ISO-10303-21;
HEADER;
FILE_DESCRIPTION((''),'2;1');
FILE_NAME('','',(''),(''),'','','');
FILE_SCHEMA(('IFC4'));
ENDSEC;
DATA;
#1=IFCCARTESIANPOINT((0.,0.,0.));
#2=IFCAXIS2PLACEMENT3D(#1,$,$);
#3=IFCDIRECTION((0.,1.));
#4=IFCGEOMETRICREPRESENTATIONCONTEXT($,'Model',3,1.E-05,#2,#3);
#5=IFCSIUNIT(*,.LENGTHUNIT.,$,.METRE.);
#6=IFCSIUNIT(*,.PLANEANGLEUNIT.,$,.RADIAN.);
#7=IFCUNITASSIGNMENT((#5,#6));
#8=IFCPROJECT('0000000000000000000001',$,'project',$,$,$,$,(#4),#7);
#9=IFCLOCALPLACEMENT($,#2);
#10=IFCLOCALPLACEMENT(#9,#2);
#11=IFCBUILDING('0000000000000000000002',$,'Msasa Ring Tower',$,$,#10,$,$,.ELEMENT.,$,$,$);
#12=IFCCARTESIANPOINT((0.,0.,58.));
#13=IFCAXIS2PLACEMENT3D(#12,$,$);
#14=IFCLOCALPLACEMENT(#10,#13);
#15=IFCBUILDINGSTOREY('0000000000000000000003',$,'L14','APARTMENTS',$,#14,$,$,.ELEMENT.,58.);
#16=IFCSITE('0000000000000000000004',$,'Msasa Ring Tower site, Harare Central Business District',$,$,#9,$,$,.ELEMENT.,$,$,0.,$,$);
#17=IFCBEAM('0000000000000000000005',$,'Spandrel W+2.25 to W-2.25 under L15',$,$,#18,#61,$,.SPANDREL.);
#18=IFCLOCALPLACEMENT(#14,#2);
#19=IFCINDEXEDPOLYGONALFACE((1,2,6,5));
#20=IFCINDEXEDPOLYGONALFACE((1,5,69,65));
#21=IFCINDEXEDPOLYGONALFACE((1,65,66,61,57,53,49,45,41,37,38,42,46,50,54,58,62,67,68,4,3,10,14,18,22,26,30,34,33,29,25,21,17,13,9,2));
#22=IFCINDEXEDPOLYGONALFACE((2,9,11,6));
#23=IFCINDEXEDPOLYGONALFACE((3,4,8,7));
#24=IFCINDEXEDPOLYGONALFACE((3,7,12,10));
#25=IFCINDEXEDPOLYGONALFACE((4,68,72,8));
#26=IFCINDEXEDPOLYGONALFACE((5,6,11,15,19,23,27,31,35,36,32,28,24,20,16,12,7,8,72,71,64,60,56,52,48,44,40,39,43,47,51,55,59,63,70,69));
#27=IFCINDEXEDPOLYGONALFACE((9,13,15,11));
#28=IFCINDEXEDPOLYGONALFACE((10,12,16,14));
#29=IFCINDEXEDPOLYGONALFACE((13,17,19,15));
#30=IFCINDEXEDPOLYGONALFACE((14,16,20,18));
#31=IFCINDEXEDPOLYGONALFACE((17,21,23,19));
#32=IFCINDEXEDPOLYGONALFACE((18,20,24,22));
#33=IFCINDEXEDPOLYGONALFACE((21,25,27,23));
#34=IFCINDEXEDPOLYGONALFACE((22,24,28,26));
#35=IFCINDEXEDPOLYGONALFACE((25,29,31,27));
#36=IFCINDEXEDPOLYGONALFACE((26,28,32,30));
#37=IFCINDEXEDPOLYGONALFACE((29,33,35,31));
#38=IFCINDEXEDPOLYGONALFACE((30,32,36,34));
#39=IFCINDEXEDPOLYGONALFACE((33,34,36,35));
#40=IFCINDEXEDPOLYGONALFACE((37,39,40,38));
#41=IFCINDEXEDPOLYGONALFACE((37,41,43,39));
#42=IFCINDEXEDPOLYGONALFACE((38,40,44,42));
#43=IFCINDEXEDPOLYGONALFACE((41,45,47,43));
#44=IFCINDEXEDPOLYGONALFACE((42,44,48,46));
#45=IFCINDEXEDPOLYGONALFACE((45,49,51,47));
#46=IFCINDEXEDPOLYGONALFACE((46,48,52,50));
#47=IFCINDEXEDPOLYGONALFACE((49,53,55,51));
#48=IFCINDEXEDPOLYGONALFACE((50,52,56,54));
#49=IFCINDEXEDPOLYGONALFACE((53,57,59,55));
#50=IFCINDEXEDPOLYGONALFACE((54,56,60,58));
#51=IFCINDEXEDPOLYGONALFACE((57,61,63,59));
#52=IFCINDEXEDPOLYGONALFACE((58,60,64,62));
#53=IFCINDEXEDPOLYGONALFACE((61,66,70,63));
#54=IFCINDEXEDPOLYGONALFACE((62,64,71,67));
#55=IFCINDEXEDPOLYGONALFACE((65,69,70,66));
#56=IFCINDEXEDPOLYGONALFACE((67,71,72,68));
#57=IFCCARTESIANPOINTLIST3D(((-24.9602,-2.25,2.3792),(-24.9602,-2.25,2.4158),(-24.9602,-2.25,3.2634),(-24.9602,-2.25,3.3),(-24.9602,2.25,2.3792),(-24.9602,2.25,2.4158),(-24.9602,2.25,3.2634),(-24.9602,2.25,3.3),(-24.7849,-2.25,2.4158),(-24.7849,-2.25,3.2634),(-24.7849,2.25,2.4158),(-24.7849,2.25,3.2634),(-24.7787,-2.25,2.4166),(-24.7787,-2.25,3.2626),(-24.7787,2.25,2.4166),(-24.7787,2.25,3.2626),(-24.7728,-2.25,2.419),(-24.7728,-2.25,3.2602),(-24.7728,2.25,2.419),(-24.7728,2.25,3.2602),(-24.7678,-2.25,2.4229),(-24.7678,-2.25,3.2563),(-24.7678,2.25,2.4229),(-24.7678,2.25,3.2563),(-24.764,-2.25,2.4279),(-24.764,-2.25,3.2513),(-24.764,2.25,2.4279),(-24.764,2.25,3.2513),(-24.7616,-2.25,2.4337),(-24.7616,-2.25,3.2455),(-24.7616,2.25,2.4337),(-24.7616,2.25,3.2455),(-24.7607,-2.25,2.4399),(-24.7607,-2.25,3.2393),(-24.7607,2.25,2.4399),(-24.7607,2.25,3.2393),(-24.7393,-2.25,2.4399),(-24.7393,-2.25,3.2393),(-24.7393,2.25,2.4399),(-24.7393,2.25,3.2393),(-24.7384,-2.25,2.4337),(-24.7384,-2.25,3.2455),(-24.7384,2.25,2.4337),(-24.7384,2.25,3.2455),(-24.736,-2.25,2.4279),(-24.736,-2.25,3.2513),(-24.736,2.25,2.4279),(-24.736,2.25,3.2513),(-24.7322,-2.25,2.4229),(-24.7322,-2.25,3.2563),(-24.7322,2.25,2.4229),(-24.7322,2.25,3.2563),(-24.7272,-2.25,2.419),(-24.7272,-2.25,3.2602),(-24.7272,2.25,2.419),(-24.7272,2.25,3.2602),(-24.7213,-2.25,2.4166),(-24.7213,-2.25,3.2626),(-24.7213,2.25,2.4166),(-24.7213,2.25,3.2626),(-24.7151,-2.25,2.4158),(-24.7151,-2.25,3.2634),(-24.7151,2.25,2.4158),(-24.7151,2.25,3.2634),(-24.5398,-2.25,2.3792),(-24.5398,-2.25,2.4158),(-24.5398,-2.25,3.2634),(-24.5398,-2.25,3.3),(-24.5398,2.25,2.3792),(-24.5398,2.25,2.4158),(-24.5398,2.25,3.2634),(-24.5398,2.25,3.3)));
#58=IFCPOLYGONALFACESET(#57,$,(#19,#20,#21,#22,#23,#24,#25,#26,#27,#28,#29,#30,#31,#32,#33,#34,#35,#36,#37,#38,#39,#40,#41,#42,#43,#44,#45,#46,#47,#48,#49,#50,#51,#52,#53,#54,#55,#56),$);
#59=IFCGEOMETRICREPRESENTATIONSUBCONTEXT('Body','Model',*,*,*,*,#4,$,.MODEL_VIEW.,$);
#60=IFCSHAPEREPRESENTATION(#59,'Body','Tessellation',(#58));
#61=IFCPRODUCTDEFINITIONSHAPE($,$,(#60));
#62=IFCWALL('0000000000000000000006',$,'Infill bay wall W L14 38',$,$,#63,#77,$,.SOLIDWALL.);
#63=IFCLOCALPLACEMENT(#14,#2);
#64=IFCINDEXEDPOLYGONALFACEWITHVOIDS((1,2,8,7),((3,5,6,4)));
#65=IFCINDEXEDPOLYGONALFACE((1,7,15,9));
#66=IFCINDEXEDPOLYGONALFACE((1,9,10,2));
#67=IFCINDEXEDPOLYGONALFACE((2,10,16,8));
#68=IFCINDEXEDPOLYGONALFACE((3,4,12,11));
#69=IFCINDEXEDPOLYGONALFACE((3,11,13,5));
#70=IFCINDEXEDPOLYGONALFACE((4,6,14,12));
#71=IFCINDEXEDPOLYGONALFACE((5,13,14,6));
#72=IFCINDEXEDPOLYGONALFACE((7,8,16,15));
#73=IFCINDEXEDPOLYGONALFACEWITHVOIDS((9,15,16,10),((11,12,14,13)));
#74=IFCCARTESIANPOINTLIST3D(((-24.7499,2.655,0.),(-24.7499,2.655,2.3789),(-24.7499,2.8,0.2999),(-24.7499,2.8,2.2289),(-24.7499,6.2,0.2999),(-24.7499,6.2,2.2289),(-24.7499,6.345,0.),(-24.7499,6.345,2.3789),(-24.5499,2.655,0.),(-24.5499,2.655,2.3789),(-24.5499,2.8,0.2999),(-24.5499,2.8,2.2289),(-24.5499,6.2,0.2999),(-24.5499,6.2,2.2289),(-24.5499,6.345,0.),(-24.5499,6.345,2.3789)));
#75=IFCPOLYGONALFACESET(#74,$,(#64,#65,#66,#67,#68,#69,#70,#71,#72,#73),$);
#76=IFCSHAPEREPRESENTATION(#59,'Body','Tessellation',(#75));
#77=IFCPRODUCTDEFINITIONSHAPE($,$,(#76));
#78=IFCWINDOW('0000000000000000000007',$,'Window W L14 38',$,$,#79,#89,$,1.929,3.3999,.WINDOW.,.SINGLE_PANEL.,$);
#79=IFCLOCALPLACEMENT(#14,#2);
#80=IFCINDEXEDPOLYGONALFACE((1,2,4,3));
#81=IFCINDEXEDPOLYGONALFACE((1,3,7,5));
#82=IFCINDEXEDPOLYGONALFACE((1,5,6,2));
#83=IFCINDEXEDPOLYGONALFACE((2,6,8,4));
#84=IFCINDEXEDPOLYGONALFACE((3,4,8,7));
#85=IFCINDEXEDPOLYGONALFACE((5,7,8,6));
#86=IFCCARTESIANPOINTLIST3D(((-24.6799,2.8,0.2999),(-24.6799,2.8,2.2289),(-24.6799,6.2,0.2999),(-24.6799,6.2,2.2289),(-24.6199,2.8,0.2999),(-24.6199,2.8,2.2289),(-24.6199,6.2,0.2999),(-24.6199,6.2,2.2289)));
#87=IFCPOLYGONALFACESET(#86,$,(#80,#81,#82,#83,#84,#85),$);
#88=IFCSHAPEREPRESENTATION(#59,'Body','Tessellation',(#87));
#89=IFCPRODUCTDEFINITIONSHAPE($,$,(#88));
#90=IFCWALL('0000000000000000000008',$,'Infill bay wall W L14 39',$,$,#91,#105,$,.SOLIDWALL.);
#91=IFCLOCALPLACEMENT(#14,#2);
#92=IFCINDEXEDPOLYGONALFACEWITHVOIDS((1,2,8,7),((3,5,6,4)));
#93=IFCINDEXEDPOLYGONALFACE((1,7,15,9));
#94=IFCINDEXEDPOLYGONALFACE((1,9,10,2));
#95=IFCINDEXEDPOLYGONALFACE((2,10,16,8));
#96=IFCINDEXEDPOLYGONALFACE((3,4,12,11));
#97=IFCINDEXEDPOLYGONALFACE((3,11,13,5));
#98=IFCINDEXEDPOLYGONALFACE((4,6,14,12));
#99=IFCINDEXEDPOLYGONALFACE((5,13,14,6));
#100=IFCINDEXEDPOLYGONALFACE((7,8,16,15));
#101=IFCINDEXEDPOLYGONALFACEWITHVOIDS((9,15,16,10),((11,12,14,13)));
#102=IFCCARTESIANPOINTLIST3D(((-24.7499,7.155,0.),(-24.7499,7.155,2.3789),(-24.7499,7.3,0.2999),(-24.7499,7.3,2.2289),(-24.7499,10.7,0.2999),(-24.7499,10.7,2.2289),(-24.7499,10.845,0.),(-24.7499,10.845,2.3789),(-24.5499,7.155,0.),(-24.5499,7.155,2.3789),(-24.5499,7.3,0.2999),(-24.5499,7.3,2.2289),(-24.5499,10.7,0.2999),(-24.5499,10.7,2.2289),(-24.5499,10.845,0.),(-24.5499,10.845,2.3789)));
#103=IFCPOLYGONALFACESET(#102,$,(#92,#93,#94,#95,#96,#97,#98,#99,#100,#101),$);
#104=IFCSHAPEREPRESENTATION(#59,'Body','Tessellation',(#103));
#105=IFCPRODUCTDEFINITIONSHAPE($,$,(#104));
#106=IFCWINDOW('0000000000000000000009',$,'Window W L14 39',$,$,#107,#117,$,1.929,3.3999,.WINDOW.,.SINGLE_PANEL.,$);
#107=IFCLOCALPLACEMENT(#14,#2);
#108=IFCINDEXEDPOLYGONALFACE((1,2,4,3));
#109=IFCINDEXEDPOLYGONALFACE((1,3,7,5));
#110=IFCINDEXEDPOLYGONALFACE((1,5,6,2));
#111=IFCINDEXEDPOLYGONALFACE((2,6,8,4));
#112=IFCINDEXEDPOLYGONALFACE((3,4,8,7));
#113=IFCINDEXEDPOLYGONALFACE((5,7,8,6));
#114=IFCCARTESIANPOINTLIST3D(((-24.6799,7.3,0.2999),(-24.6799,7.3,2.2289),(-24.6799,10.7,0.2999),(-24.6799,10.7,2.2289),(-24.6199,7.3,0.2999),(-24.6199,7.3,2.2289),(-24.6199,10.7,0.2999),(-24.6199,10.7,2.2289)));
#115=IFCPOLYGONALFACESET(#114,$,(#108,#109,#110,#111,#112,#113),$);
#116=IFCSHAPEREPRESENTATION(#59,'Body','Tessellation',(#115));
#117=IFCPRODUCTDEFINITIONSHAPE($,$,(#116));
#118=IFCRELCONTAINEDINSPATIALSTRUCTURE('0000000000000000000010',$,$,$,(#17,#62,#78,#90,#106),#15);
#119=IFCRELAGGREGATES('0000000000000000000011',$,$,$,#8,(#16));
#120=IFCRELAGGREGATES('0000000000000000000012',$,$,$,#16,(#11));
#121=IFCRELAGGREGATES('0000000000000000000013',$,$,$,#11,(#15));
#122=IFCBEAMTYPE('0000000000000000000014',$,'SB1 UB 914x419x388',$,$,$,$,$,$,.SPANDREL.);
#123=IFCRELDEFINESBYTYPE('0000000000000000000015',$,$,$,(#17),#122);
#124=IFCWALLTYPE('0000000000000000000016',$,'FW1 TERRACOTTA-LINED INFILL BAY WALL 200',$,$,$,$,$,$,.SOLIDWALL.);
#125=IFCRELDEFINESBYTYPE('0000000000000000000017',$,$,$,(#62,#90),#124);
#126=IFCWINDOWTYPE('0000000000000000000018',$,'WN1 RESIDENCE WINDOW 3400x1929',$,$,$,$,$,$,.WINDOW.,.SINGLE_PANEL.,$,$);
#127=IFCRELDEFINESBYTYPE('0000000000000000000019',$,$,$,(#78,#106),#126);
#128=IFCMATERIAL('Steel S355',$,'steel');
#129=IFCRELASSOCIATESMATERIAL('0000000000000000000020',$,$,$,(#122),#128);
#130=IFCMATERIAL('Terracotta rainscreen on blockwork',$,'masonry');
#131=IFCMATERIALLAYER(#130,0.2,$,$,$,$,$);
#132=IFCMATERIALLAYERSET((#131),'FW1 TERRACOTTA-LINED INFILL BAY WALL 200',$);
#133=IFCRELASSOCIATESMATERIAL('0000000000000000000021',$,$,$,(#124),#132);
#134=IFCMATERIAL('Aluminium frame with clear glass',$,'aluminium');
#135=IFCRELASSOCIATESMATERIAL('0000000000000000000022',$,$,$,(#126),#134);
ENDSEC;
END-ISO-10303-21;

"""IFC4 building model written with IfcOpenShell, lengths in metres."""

from ifc_helpers import new_model, si_unit, direction, frame, frame_2d, origin, origin_2d, place, context, subcontext, project, spatial, rectangle, i_section, extrude, material, layer, layer_set, material_profile, profile_set, type_object, element, fill, save


model = new_model("IFC4")

# Units and contexts
model_context = context("Model", 3, precision=1e-05, world=origin(), true_north=direction((0.0, 1.0)))
body_context = subcontext(model_context, "Body", "Model", "MODEL_VIEW")
ifc_project = project(units=[si_unit("LENGTHUNIT", "METRE"), si_unit("PLANEANGLEUNIT", "RADIAN")], contexts=[model_context])

# Site, building, storey
site_placement = place(None, origin())
site = spatial("IfcSite", under=ifc_project, at=site_placement, Name="Msasa Ring Tower site, Harare Central Business District", CompositionType="ELEMENT", RefElevation=0.0)
building_placement = place(site_placement, origin())
building = spatial("IfcBuilding", under=site, at=building_placement, Name="Msasa Ring Tower", CompositionType="ELEMENT")
storey_placement = place(building_placement, frame((0.0, 0.0, 58.0)))
storey = spatial("IfcBuildingStorey", under=building, at=storey_placement, Name="L14", Description="APARTMENTS", CompositionType="ELEMENT", Elevation=58.0)

# Beam
ifc_material_1 = material(Name="Steel S355", Category="steel")
ifc_material_profile_1 = material_profile(ifc_material_1, i_section(OverallWidth=0.4204, OverallDepth=0.9209, WebThickness=0.0215, FlangeThickness=0.0366, FilletRadius=0.0242, at=origin_2d()), Name="UB 914x419x388")
ifc_profile_set_1 = profile_set([ifc_material_profile_1], Name="Steel S355")
beam_type_1 = type_object("IfcBeamType", Name="SB1 UB 914x419x388", PredefinedType="SPANDREL", material=ifc_profile_set_1)
for number, where, z_axis, x_axis, name in (
    (1, (-24.75, 2.25, 2.8396), (0.0, -1.0, 0.0), (1.0, 0.0, 0.0), "Spandrel W+2.25 to W-2.25 under L15"),
):
    element("IfcBeam", number, at=place(storey_placement, frame(where, z_axis=z_axis, x_axis=x_axis)), inside=storey, type_object=beam_type_1, Name=name, PredefinedType="SPANDREL", context=body_context, shape_type="SweptSolid", body=[
        extrude(i_section(OverallWidth=0.4204, OverallDepth=0.9209, WebThickness=0.0215, FlangeThickness=0.0366, FilletRadius=0.0242, at=origin_2d()), origin(), (0.0, 0.0, 1.0), 4.5),
    ])

# Walls, openings, windows
ifc_material_2 = material(Name="Terracotta rainscreen on blockwork", Category="masonry")
ifc_layer_1 = layer(ifc_material_2, 0.2)
ifc_layer_set_1 = layer_set([ifc_layer_1], Name="FW1 TERRACOTTA-LINED INFILL BAY WALL 200")
wall_type_1 = type_object("IfcWallType", Name="FW1 TERRACOTTA-LINED INFILL BAY WALL 200", PredefinedType="SOLIDWALL", material=ifc_layer_set_1)
wall_1_placement = place(storey_placement, frame((-24.6499, 2.655, 0.0), z_axis=(0.0, 0.0, 1.0), x_axis=(0.0, 1.0, 0.0)))
wall_1 = element("IfcWall", 2, at=wall_1_placement, inside=storey, type_object=wall_type_1, Name="Infill bay wall W L14 38", PredefinedType="SOLIDWALL", context=body_context, shape_type="SweptSolid", body=[
    extrude(rectangle(XDim=3.6899, YDim=0.2, at=frame_2d((1.845, 0.0))), origin(), (0.0, 0.0, 1.0), 2.3789),
])
opening_1_placement = place(wall_1_placement, frame((0.145, 0.0, 0.3)))
opening_1 = element("IfcOpeningElement", 3, at=opening_1_placement, cuts=wall_1, PredefinedType="OPENING", context=body_context, shape_type="SweptSolid", body=[
    extrude(rectangle(XDim=3.3999, YDim=1.929, at=frame_2d((1.7, 0.9644))), frame((0.0, 0.1099, 0.0), z_axis=(0.0, -1.0, 0.0), x_axis=(1.0, 0.0, 0.0)), (0.0, 0.0, 1.0), 0.22),
])
ifc_material_3 = material(Name="Aluminium frame with clear glass", Category="aluminium")
window_type = type_object("IfcWindowType", Name="WN1 RESIDENCE WINDOW 3400x1929", PartitioningType="SINGLE_PANEL", PredefinedType="WINDOW", material=ifc_material_3)
window_1_placement = place(opening_1_placement, origin())
window_1 = element("IfcWindow", 4, at=window_1_placement, inside=storey, type_object=window_type, Name="Window W L14 38", OverallHeight=1.929, OverallWidth=3.3999, PartitioningType="SINGLE_PANEL", PredefinedType="WINDOW", context=body_context, shape_type="SweptSolid", body=[
    extrude(rectangle(XDim=3.3999, YDim=1.929, at=frame_2d((1.7, 0.9644))), frame((0.0, 0.03, 0.0), z_axis=(0.0, -1.0, 0.0), x_axis=(1.0, 0.0, 0.0)), (0.0, 0.0, 1.0), 0.0601),
])
fill(opening_1, window_1)
wall_2_placement = place(storey_placement, frame((-24.6499, 7.155, 0.0), z_axis=(0.0, 0.0, 1.0), x_axis=(0.0, 1.0, 0.0)))
wall_2 = element("IfcWall", 5, at=wall_2_placement, inside=storey, type_object=wall_type_1, Name="Infill bay wall W L14 39", PredefinedType="SOLIDWALL", context=body_context, shape_type="SweptSolid", body=[
    extrude(rectangle(XDim=3.6899, YDim=0.2, at=frame_2d((1.845, 0.0))), origin(), (0.0, 0.0, 1.0), 2.3789),
])
opening_2_placement = place(wall_2_placement, frame((0.145, 0.0, 0.3)))
opening_2 = element("IfcOpeningElement", 6, at=opening_2_placement, cuts=wall_2, PredefinedType="OPENING", context=body_context, shape_type="SweptSolid", body=[
    extrude(rectangle(XDim=3.3999, YDim=1.929, at=frame_2d((1.7, 0.9644))), frame((0.0, 0.1099, 0.0), z_axis=(0.0, -1.0, 0.0), x_axis=(1.0, 0.0, 0.0)), (0.0, 0.0, 1.0), 0.22),
])
window_2_placement = place(opening_2_placement, origin())
window_2 = element("IfcWindow", 7, at=window_2_placement, inside=storey, type_object=window_type, Name="Window W L14 39", OverallHeight=1.929, OverallWidth=3.3999, PartitioningType="SINGLE_PANEL", PredefinedType="WINDOW", context=body_context, shape_type="SweptSolid", body=[
    extrude(rectangle(XDim=3.3999, YDim=1.929, at=frame_2d((1.7, 0.9644))), frame((0.0, 0.03, 0.0), z_axis=(0.0, -1.0, 0.0), x_axis=(1.0, 0.0, 0.0)), (0.0, 0.0, 1.0), 0.0601),
])
fill(opening_2, window_2)

save(model, "model.ifc")
